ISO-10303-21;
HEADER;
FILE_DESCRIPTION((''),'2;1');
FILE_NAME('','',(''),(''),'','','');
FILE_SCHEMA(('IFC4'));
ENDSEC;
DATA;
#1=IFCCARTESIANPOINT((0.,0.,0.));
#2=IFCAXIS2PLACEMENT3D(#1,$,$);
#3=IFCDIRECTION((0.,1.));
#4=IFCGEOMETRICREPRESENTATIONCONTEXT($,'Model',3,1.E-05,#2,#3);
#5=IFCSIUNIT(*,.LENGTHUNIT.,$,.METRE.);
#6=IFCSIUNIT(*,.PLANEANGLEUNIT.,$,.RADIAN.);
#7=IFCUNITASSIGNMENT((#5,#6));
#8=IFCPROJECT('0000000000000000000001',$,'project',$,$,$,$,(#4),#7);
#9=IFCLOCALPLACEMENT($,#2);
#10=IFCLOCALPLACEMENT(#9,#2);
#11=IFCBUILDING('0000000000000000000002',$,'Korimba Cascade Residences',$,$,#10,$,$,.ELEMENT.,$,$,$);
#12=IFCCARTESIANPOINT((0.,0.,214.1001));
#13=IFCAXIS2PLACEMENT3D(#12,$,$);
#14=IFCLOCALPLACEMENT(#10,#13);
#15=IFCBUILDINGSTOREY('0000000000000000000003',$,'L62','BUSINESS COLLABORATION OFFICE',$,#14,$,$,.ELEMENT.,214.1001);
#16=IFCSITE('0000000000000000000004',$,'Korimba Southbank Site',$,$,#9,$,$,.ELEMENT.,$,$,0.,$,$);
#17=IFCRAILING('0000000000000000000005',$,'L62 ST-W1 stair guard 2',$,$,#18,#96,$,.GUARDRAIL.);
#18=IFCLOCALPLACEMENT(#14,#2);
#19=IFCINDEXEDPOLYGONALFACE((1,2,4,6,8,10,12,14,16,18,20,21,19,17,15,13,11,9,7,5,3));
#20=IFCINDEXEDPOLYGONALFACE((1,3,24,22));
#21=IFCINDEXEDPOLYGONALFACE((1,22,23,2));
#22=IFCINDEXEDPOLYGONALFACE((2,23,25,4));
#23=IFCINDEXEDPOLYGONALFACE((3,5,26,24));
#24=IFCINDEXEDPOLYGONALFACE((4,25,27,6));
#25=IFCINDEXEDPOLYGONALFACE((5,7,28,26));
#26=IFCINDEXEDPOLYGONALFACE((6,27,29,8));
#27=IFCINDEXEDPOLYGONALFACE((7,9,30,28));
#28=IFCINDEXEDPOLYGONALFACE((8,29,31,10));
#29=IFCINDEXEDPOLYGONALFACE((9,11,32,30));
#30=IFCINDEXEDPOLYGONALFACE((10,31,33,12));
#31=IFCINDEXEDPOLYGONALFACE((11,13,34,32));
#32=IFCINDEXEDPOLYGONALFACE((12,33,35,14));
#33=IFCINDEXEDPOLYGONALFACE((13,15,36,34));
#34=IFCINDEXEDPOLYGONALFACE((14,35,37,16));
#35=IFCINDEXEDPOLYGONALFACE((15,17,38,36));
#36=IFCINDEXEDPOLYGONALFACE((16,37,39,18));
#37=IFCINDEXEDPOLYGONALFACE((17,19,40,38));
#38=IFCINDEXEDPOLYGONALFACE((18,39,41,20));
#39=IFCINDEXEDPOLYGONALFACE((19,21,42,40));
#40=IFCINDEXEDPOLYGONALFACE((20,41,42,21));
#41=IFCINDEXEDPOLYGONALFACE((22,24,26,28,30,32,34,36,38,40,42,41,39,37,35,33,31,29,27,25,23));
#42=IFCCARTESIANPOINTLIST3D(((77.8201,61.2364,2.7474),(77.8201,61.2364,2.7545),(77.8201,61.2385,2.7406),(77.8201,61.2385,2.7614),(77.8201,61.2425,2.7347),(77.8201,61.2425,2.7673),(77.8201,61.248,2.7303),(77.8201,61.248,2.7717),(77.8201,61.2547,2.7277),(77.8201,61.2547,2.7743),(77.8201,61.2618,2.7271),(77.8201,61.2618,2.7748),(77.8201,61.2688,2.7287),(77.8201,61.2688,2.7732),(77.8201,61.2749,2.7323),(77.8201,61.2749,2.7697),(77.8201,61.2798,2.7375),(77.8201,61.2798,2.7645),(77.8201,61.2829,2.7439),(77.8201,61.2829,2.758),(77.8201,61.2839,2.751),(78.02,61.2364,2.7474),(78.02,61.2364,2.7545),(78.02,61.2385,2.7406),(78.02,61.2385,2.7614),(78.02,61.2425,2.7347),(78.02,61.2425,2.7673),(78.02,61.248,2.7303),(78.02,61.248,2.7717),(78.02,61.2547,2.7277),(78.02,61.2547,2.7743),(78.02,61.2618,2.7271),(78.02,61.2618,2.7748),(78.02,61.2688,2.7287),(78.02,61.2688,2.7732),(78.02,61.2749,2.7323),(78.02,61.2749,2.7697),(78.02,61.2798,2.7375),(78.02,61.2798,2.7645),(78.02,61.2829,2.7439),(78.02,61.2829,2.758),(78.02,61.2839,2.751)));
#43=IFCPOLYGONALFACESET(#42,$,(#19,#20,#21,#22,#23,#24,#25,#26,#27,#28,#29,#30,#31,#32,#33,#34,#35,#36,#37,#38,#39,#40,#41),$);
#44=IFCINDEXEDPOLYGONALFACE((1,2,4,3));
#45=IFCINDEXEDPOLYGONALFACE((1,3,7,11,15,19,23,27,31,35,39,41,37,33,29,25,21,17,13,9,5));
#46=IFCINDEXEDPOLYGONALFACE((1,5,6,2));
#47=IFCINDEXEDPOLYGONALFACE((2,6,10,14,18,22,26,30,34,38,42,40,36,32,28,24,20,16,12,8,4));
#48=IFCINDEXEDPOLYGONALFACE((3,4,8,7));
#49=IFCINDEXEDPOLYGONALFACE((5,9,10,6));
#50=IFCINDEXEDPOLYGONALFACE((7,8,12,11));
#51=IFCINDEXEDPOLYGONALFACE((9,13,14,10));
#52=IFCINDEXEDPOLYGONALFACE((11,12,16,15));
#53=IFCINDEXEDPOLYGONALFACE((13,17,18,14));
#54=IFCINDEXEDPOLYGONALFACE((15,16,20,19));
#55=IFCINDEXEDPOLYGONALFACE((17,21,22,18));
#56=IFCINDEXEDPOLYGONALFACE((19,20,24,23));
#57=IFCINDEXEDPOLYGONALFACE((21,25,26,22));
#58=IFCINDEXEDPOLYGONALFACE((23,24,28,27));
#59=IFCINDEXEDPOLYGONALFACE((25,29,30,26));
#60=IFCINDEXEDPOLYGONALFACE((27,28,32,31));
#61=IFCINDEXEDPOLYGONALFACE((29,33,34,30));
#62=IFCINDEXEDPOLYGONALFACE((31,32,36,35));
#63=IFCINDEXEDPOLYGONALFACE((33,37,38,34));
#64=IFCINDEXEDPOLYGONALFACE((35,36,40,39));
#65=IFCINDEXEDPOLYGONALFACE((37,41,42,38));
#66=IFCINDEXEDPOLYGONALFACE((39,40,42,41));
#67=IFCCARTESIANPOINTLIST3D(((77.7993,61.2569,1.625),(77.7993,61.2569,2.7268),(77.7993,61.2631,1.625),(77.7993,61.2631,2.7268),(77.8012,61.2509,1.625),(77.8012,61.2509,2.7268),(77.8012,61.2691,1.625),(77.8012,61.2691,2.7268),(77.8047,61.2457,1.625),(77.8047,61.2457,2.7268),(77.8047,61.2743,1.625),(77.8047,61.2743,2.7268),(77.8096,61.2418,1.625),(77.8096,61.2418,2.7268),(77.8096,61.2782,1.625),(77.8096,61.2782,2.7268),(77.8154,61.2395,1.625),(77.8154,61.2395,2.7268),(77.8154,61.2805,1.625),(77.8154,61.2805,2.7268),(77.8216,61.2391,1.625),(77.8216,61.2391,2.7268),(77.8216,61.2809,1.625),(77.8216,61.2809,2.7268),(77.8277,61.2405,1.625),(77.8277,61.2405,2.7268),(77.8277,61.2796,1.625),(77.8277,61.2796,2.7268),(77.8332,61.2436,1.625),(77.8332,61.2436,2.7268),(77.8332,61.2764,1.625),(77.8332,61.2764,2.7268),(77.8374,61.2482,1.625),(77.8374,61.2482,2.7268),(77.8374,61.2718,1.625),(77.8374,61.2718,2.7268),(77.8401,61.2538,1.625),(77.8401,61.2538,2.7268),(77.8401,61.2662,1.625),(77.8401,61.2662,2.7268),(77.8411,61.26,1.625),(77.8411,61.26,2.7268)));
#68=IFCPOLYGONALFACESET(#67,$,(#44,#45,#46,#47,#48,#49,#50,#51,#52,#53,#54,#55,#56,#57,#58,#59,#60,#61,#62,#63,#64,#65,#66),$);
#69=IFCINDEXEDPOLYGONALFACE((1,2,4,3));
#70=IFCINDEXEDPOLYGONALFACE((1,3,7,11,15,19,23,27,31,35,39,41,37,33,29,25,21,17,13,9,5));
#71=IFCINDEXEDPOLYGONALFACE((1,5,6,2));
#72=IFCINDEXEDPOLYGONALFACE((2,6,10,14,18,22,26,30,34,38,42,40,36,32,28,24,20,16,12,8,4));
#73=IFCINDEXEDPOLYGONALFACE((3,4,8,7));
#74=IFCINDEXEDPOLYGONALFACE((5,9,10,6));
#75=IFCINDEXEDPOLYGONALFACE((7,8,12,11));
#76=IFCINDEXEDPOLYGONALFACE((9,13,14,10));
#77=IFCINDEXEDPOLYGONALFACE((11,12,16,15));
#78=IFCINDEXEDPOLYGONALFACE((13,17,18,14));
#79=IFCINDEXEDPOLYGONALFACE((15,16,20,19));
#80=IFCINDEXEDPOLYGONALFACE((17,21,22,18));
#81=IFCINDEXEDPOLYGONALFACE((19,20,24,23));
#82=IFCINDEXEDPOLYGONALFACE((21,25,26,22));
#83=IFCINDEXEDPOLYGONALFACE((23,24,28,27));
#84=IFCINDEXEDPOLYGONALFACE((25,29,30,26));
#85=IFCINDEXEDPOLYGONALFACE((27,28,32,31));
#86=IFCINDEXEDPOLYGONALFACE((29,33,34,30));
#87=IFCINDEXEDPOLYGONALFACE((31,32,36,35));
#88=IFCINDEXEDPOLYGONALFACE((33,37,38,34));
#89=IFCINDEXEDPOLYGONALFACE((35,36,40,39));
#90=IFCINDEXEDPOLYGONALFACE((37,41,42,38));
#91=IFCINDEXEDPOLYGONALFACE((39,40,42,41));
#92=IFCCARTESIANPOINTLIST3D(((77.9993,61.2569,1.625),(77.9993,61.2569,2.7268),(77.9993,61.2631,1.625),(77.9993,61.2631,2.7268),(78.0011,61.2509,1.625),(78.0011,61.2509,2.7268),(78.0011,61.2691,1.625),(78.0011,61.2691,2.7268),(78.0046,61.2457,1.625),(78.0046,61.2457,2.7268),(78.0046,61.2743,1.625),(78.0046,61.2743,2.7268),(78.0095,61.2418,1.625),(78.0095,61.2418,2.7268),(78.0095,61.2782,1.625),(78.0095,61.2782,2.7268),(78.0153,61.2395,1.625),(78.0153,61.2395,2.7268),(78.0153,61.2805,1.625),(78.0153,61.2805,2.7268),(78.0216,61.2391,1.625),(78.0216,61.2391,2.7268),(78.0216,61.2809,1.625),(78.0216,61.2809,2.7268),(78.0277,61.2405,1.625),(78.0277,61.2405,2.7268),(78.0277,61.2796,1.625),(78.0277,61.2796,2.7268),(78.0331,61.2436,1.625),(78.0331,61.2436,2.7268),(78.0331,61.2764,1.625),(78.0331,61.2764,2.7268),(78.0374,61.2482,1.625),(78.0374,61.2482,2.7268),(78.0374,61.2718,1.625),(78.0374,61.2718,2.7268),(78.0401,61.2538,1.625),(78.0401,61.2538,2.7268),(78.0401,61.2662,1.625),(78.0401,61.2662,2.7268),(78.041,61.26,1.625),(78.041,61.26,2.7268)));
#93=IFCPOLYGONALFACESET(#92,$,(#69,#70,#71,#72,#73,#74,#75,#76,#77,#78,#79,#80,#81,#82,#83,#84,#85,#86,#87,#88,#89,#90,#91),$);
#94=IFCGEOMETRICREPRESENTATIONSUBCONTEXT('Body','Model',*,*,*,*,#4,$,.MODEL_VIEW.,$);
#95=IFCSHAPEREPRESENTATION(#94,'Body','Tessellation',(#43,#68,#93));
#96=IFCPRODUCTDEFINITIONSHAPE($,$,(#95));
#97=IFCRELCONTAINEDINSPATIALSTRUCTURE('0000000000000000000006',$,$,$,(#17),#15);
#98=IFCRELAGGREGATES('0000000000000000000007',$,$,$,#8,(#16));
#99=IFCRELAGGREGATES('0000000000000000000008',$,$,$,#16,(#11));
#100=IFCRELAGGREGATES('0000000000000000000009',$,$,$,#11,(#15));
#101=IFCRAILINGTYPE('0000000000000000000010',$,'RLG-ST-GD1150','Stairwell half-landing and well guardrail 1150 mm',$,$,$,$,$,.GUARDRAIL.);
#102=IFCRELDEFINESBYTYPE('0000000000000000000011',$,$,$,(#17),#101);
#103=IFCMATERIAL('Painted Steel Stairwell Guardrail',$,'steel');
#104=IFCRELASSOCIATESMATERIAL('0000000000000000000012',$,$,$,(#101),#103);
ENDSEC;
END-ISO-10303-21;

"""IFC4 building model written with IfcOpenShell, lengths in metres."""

from ifc_helpers import new_model, si_unit, direction, frame, origin, origin_2d, place, context, subcontext, project, spatial, circle, extrude, material, type_object, element, save


model = new_model("IFC4")

# Units and contexts
model_context = context("Model", 3, precision=1e-05, world=origin(), true_north=direction((0.0, 1.0)))
body_context = subcontext(model_context, "Body", "Model", "MODEL_VIEW")
ifc_project = project(units=[si_unit("LENGTHUNIT", "METRE"), si_unit("PLANEANGLEUNIT", "RADIAN")], contexts=[model_context])

# Site, building, storey
site_placement = place(None, origin())
site = spatial("IfcSite", under=ifc_project, at=site_placement, Name="Korimba Southbank Site", CompositionType="ELEMENT", RefElevation=0.0)
building_placement = place(site_placement, origin())
building = spatial("IfcBuilding", under=site, at=building_placement, Name="Korimba Cascade Residences", CompositionType="ELEMENT")
storey_placement = place(building_placement, frame((0.0, 0.0, 214.1001)))
storey = spatial("IfcBuildingStorey", under=building, at=storey_placement, Name="L62", Description="BUSINESS COLLABORATION OFFICE", CompositionType="ELEMENT", Elevation=214.1001)

# Railing
ifc_material_1 = material(Name="Painted Steel Stairwell Guardrail", Category="steel")
railing_type_1 = type_object("IfcRailingType", Name="RLG-ST-GD1150", Description="Stairwell half-landing and well guardrail 1150 mm", PredefinedType="GUARDRAIL", material=ifc_material_1)
railing_1_placement = place(storey_placement, frame((77.8201, 61.26, 1.625)))
element("IfcRailing", 1, at=railing_1_placement, inside=storey, type_object=railing_type_1, Name="L62 ST-W1 stair guard 2", PredefinedType="GUARDRAIL", context=body_context, shape_type="SweptSolid", body=[
    extrude(circle(Radius=0.0239, at=origin_2d()), frame((0.0, 0.0, 1.126), z_axis=(1.0, 0.0, 0.0), x_axis=(0.0, 1.0, 0.0)), (0.0, 0.0, 1.0), 0.2),
    extrude(circle(Radius=0.021, at=origin_2d()), origin(), (0.0, 0.0, 1.0), 1.1018),
    extrude(circle(Radius=0.021, at=origin_2d()), frame((0.2, 0.0, 0.0)), (0.0, 0.0, 1.0), 1.1018),
])

save(model, "model.ifc")
